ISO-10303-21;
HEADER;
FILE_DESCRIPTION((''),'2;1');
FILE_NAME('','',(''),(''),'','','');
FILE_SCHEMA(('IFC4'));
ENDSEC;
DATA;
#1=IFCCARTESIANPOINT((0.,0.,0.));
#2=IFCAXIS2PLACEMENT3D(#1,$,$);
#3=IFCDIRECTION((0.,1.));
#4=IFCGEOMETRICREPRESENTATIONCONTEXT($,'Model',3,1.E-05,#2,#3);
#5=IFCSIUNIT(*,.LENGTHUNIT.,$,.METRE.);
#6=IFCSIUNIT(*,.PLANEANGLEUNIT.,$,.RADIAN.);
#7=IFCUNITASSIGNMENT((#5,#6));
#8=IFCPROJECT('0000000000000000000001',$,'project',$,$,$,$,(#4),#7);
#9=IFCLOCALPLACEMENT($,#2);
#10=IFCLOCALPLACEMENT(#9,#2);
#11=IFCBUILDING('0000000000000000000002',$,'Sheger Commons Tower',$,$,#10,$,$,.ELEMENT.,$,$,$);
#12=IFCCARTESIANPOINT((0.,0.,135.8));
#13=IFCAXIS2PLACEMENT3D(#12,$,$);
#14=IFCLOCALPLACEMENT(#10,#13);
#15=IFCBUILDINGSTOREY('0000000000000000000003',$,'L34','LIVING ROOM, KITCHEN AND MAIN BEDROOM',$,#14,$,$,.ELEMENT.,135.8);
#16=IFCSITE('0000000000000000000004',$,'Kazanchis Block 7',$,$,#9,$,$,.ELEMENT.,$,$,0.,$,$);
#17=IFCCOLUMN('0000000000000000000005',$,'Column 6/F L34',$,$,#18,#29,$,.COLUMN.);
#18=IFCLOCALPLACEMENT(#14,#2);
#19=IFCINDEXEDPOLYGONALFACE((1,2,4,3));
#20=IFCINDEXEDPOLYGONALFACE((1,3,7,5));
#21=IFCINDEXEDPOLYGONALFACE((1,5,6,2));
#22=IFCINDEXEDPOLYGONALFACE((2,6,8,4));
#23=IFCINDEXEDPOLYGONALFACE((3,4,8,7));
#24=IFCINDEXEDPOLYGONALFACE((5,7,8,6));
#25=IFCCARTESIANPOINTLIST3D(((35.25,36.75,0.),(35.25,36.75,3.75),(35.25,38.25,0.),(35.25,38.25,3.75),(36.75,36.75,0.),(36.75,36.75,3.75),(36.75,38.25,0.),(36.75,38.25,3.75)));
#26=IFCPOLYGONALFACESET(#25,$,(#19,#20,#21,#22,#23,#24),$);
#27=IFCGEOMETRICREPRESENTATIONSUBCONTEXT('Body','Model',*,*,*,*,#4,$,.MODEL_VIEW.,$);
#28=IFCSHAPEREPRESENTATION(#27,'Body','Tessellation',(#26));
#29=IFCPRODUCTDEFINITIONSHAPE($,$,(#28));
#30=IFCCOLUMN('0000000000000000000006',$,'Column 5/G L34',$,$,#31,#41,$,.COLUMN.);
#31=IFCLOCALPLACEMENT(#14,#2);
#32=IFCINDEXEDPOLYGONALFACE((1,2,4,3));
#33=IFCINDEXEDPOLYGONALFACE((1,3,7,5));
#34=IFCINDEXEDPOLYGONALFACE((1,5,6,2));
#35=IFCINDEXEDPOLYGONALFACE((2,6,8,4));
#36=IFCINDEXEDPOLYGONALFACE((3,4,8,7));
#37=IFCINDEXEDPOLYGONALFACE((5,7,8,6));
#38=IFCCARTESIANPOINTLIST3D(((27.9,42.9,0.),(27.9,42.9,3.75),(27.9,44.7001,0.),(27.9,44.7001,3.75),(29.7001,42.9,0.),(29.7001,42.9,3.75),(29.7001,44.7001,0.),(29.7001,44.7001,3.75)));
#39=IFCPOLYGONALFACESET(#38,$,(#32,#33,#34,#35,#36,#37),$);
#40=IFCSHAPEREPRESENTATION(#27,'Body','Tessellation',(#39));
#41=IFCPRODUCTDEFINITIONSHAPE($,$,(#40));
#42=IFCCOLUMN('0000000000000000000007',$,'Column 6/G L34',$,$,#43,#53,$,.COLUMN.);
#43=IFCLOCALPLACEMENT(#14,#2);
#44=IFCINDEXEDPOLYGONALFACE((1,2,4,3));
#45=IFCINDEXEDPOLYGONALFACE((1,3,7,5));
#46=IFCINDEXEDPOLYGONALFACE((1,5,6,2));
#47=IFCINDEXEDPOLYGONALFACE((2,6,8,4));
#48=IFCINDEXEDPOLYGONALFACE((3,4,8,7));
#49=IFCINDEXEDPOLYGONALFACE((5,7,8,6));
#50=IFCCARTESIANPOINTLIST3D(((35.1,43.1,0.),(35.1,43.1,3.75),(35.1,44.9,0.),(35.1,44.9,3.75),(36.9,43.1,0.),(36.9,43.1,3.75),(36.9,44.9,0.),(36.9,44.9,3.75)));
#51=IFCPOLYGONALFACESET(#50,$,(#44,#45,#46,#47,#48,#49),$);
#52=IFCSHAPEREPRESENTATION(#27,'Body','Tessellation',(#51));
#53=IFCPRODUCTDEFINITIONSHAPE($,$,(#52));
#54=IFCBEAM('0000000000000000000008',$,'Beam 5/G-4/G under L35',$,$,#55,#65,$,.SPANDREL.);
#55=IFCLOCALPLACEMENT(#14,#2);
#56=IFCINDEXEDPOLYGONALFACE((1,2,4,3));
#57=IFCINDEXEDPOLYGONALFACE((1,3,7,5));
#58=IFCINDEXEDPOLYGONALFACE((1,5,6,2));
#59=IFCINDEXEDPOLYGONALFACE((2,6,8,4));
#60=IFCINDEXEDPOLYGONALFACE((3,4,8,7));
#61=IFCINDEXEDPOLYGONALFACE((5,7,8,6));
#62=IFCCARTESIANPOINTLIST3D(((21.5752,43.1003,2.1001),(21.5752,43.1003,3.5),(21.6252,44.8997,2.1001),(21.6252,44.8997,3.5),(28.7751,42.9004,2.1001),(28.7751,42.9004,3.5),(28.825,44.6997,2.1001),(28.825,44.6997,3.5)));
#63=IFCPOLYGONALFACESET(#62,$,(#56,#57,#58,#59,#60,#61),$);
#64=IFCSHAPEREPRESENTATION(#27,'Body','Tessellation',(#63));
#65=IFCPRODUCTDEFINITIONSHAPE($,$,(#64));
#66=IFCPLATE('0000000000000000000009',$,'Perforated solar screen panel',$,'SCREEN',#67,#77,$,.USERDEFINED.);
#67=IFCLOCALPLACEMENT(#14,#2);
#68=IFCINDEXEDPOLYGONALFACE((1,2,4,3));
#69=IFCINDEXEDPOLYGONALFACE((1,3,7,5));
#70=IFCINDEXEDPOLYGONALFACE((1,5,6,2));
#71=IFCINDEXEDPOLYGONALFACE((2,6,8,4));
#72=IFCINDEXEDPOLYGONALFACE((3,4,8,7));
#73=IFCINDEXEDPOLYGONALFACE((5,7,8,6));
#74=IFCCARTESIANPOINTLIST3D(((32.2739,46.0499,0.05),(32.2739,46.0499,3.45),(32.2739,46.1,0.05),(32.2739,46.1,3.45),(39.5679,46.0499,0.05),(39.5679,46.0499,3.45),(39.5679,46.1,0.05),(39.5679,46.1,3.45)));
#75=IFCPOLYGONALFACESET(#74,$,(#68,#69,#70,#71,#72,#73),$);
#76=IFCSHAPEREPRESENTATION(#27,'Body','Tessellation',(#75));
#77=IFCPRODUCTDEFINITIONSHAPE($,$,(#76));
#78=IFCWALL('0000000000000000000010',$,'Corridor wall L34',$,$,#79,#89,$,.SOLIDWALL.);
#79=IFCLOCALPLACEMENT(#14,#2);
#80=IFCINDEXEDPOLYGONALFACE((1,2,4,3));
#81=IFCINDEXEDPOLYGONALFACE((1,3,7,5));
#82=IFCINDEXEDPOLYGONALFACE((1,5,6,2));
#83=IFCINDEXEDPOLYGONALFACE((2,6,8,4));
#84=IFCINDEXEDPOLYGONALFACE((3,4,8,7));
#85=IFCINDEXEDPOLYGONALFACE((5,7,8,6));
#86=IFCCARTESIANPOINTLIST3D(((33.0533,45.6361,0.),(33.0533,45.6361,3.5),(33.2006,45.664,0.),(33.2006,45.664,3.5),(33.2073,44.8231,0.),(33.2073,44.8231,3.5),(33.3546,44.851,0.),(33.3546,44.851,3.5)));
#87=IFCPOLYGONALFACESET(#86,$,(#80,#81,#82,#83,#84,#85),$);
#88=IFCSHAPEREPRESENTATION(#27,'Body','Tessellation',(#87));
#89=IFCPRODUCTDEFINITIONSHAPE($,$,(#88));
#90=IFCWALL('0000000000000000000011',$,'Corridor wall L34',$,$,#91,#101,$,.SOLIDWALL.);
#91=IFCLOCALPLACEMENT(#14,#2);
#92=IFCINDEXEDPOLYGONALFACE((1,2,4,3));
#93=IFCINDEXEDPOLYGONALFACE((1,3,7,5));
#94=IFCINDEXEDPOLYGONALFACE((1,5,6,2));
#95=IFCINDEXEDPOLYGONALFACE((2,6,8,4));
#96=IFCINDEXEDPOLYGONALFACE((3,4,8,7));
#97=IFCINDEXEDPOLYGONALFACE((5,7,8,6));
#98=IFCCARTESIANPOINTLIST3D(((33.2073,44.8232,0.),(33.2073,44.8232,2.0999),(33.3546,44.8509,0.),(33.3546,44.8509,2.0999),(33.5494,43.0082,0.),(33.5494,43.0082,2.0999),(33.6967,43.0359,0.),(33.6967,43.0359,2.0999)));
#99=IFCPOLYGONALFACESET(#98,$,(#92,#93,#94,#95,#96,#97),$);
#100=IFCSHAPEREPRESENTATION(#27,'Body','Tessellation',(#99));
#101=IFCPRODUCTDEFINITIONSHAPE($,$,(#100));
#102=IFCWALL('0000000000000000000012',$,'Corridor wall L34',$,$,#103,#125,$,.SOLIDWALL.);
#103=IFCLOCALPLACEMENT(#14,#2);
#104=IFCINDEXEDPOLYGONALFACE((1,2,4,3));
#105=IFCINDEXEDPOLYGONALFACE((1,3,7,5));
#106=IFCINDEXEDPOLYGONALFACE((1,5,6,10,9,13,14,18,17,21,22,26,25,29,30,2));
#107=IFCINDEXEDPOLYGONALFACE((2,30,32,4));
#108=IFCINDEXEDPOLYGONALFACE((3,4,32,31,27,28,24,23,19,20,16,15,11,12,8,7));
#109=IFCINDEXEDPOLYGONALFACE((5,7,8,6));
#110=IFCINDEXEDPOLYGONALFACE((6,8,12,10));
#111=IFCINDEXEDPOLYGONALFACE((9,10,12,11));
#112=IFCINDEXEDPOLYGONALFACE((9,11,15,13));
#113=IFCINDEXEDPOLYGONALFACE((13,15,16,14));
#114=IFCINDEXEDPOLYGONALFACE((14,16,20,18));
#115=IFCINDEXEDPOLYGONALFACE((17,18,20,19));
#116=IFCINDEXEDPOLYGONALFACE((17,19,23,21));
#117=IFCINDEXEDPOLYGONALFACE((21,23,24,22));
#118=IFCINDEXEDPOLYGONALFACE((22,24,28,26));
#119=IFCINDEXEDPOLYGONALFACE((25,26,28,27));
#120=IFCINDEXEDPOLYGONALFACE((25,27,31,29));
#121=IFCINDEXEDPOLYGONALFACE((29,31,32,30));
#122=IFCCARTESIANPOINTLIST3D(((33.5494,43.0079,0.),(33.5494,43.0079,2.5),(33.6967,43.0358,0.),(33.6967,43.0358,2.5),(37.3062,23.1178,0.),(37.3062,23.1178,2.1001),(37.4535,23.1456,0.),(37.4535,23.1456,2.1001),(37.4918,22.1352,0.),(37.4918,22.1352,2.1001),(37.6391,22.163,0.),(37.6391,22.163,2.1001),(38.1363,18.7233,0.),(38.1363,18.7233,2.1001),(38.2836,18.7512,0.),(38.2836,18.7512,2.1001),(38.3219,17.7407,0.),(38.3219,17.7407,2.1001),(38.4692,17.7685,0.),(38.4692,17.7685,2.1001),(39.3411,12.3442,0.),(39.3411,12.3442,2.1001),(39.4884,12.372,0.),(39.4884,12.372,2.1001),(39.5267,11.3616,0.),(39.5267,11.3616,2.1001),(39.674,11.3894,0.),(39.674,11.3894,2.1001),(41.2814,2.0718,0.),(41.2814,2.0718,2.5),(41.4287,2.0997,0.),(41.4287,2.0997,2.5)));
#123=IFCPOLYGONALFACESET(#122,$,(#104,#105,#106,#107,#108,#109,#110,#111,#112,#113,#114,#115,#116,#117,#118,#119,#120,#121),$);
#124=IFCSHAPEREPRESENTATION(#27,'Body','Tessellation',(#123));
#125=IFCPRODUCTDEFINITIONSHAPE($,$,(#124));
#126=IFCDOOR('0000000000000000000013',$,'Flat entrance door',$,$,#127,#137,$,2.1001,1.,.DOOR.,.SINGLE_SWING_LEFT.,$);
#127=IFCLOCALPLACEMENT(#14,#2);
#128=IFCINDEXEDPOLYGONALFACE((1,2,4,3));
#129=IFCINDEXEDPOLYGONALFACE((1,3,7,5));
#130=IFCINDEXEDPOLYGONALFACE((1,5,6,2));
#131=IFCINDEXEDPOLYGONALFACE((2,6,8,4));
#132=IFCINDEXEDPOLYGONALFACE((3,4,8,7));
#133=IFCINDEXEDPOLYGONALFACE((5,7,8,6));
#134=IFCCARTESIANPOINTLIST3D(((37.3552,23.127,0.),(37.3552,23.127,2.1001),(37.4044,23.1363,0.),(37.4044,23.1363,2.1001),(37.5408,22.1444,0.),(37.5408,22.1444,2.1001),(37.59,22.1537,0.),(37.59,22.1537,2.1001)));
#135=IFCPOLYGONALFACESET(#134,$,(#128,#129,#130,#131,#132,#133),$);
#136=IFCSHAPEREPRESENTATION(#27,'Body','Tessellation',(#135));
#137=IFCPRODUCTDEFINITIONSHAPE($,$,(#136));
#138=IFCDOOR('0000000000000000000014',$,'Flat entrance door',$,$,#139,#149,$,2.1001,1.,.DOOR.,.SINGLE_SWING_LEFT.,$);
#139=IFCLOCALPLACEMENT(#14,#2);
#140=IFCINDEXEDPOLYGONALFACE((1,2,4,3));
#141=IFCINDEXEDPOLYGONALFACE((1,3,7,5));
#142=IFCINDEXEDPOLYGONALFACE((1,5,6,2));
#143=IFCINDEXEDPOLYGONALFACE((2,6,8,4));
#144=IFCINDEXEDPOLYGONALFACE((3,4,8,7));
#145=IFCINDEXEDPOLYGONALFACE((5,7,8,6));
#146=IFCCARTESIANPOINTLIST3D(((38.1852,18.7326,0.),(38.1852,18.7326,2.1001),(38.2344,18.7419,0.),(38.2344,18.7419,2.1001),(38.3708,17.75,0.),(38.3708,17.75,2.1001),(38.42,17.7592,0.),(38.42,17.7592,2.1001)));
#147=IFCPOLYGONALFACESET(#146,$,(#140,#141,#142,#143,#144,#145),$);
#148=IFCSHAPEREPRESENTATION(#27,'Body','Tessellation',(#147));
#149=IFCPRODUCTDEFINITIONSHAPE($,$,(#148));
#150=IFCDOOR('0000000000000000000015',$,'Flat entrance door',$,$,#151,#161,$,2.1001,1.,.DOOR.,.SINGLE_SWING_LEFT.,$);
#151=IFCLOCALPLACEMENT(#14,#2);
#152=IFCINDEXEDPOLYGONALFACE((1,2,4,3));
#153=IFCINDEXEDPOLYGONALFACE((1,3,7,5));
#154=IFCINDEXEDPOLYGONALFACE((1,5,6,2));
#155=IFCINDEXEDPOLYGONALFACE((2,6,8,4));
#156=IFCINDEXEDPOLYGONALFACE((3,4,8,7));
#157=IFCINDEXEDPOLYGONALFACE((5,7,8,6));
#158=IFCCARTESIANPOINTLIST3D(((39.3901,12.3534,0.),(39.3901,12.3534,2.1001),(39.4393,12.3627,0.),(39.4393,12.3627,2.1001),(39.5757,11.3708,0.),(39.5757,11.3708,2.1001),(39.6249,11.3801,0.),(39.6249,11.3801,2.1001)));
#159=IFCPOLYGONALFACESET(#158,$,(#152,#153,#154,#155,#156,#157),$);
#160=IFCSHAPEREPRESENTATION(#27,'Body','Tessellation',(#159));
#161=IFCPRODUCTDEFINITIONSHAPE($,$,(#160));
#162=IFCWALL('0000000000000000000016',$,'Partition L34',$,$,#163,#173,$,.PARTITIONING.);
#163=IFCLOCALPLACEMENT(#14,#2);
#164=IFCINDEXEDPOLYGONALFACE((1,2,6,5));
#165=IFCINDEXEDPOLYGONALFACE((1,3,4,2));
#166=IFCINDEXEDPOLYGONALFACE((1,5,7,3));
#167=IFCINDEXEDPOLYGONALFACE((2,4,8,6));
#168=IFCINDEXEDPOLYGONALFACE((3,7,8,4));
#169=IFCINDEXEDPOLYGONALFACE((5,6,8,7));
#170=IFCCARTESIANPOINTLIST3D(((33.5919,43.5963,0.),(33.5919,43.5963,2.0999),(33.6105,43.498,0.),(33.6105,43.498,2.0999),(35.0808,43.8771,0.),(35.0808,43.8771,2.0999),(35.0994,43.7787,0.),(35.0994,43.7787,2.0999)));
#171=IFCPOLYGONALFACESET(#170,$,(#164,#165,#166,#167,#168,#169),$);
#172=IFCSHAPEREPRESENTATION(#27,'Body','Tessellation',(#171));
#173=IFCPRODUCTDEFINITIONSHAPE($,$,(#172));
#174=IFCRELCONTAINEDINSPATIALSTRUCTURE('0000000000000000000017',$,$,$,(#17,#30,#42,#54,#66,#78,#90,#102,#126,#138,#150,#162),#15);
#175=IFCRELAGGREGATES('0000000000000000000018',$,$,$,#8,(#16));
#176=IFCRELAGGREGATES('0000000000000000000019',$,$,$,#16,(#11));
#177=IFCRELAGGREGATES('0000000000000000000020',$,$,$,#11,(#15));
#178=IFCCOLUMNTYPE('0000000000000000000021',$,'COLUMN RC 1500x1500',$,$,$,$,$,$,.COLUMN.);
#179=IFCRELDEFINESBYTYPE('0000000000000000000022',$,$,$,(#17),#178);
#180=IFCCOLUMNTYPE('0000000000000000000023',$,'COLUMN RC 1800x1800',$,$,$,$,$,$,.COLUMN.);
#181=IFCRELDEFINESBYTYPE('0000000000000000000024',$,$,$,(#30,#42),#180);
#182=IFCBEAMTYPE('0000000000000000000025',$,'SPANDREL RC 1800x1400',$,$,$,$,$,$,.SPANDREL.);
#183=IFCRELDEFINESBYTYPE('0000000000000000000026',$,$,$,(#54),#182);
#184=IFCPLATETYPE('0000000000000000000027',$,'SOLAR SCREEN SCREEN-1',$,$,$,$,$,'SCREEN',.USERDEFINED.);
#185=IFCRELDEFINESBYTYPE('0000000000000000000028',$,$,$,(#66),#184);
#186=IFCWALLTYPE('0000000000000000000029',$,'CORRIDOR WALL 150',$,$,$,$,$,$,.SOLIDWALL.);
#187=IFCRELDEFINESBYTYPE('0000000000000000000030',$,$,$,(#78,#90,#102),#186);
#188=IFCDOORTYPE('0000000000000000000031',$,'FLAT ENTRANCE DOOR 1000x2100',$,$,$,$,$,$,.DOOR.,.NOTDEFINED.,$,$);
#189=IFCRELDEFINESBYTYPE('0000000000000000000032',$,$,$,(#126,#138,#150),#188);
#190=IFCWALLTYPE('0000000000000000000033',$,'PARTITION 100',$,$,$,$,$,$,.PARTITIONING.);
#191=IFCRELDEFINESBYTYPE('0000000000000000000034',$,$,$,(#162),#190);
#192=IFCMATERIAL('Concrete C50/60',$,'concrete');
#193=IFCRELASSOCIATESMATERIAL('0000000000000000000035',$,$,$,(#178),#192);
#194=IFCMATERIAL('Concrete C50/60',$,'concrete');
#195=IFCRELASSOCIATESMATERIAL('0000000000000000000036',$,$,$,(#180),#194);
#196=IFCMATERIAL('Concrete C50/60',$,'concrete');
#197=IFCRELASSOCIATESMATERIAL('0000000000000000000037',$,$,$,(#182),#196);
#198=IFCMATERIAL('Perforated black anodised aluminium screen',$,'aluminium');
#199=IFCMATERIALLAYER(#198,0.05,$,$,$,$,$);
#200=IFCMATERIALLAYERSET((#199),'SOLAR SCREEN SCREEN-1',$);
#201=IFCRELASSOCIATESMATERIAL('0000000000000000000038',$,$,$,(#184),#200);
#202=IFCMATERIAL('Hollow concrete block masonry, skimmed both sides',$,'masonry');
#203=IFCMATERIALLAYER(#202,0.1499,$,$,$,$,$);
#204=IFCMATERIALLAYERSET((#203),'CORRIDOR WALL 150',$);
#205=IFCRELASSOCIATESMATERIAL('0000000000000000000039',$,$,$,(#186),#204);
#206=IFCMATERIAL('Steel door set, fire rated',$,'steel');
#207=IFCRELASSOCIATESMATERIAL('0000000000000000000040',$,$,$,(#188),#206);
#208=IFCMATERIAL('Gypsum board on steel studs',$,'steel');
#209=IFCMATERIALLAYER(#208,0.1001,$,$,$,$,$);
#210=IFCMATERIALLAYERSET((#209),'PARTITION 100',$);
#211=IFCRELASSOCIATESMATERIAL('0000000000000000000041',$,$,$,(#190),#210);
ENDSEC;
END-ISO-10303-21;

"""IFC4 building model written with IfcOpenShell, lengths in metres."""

from ifc_helpers import new_model, si_unit, direction, frame, frame_2d, origin, origin_2d, place, context, subcontext, project, spatial, rectangle, extrude, material, layer, layer_set, material_profile, profile_set, type_object, element, fill, save


model = new_model("IFC4")

# Units and contexts
model_context = context("Model", 3, precision=1e-05, world=origin(), true_north=direction((0.0, 1.0)))
body_context = subcontext(model_context, "Body", "Model", "MODEL_VIEW")
ifc_project = project(units=[si_unit("LENGTHUNIT", "METRE"), si_unit("PLANEANGLEUNIT", "RADIAN")], contexts=[model_context])

# Site, building, storey
site_placement = place(None, origin())
site = spatial("IfcSite", under=ifc_project, at=site_placement, Name="Kazanchis Block 7", CompositionType="ELEMENT", RefElevation=0.0)
building_placement = place(site_placement, origin())
building = spatial("IfcBuilding", under=site, at=building_placement, Name="Sheger Commons Tower", CompositionType="ELEMENT")
storey_placement = place(building_placement, frame((0.0, 0.0, 135.8)))
storey = spatial("IfcBuildingStorey", under=building, at=storey_placement, Name="L34", Description="LIVING ROOM, KITCHEN AND MAIN BEDROOM", CompositionType="ELEMENT", Elevation=135.8)

# Columns
ifc_material_1 = material(Name="Concrete C50/60", Category="concrete")
ifc_material_profile_1 = material_profile(ifc_material_1, rectangle(XDim=1.5, YDim=1.5, at=origin_2d()), Name="RC 1500x1500")
ifc_profile_set_1 = profile_set([ifc_material_profile_1], Name="Concrete C50/60")
column_type_1 = type_object("IfcColumnType", Name="COLUMN RC 1500x1500", PredefinedType="COLUMN", material=ifc_profile_set_1)
column_placement = place(storey_placement, frame((36.0, 37.5, 0.0), z_axis=(0.0, 0.0, 1.0), x_axis=(1.0, 0.0, 0.0)))
element("IfcColumn", 1, at=column_placement, inside=storey, type_object=column_type_1, Name="Column 6/F L34", PredefinedType="COLUMN", context=body_context, shape_type="SweptSolid", body=[
    extrude(rectangle(XDim=1.5, YDim=1.5, at=origin_2d()), origin(), (0.0, 0.0, 1.0), 3.75),
])
ifc_material_2 = material(Name="Concrete C50/60", Category="concrete")
ifc_material_profile_2 = material_profile(ifc_material_2, rectangle(XDim=1.8, YDim=1.8, at=origin_2d()), Name="RC 1800x1800")
ifc_profile_set_2 = profile_set([ifc_material_profile_2], Name="Concrete C50/60")
column_type_2 = type_object("IfcColumnType", Name="COLUMN RC 1800x1800", PredefinedType="COLUMN", material=ifc_profile_set_2)
for number, where, z_axis, x_axis, name in (
    (2, (28.8, 43.8, 0.0), (0.0, 0.0, 1.0), (1.0, 0.0, 0.0), "Column 5/G L34"),
    (3, (36.0, 44.0, 0.0), (0.0, 0.0, 1.0), (1.0, 0.0, 0.0), "Column 6/G L34"),
):
    element("IfcColumn", number, at=place(storey_placement, frame(where, z_axis=z_axis, x_axis=x_axis)), inside=storey, type_object=column_type_2, Name=name, PredefinedType="COLUMN", context=body_context, shape_type="SweptSolid", body=[
        extrude(rectangle(XDim=1.8, YDim=1.8, at=origin_2d()), origin(), (0.0, 0.0, 1.0), 3.75),
    ])

# Beam
ifc_material_3 = material(Name="Concrete C50/60", Category="concrete")
ifc_material_profile_3 = material_profile(ifc_material_3, rectangle(XDim=1.8, YDim=1.3999, at=origin_2d()), Name="RC 1800x1400")
ifc_profile_set_3 = profile_set([ifc_material_profile_3], Name="Concrete C50/60")
beam_type = type_object("IfcBeamType", Name="SPANDREL RC 1800x1400", PredefinedType="SPANDREL", material=ifc_profile_set_3)
beam_placement = place(storey_placement, frame((28.8, 43.8, 2.8), z_axis=(-0.999615, 0.02776, 0.0), x_axis=(-0.02776, -0.999615, 0.0)))
element("IfcBeam", 4, at=beam_placement, inside=storey, type_object=beam_type, Name="Beam 5/G-4/G under L35", PredefinedType="SPANDREL", context=body_context, shape_type="SweptSolid", body=[
    extrude(rectangle(XDim=1.8, YDim=1.3999, at=origin_2d()), origin(), (0.0, 0.0, 1.0), 7.2026),
])

# Plate
ifc_material_4 = material(Name="Perforated black anodised aluminium screen", Category="aluminium")
ifc_layer_1 = layer(ifc_material_4, 0.05)
ifc_layer_set_1 = layer_set([ifc_layer_1], Name="SOLAR SCREEN SCREEN-1")
plate_type = type_object("IfcPlateType", Name="SOLAR SCREEN SCREEN-1", ElementType="SCREEN", PredefinedType="USERDEFINED", material=ifc_layer_set_1)
plate_placement = place(storey_placement, frame((35.9209, 46.075, 0.05), z_axis=(0.0, 0.0, 1.0), x_axis=(-1.0, 0.0, 0.0)))
element("IfcPlate", 5, at=plate_placement, inside=storey, type_object=plate_type, Name="Perforated solar screen panel", ObjectType="SCREEN", PredefinedType="USERDEFINED", context=body_context, shape_type="SweptSolid", body=[
    extrude(rectangle(XDim=7.2939, YDim=0.05, at=origin_2d()), origin(), (0.0, 0.0, 1.0), 3.3999),
])

# Walls
ifc_material_5 = material(Name="Hollow concrete block masonry, skimmed both sides", Category="masonry")
ifc_layer_2 = layer(ifc_material_5, 0.1499)
ifc_layer_set_2 = layer_set([ifc_layer_2], Name="CORRIDOR WALL 150")
wall_type_1 = type_object("IfcWallType", Name="CORRIDOR WALL 150", PredefinedType="SOLIDWALL", material=ifc_layer_set_2)
wall_1_placement = place(storey_placement, frame((33.127, 45.6499, 0.0), z_axis=(0.0, 0.0, 1.0), x_axis=(0.186177, -0.982516, 0.0)))
element("IfcWall", 6, at=wall_1_placement, inside=storey, type_object=wall_type_1, Name="Corridor wall L34", PredefinedType="SOLIDWALL", context=body_context, shape_type="SweptSolid", body=[
    extrude(rectangle(XDim=0.8274, YDim=0.1499, at=frame_2d((0.4136, 0.0))), origin(), (0.0, 0.0, 1.0), 3.5),
])
wall_2_placement = place(storey_placement, frame((33.281, 44.8369, 0.0), z_axis=(0.0, 0.0, 1.0), x_axis=(0.185198, -0.982701, 0.0)))
element("IfcWall", 7, at=wall_2_placement, inside=storey, type_object=wall_type_1, Name="Corridor wall L34", PredefinedType="SOLIDWALL", context=body_context, shape_type="SweptSolid", body=[
    extrude(rectangle(XDim=1.8469, YDim=0.1499, at=frame_2d((0.9233, 0.0))), origin(), (0.0, 0.0, 1.0), 2.0999),
])

# Wall, openings, doors
wall_3_placement = place(storey_placement, frame((33.623, 43.022, 0.0), z_axis=(0.0, 0.0, 1.0), x_axis=(0.185597, -0.982626, 0.0)))
wall_3 = element("IfcWall", 8, at=wall_3_placement, inside=storey, type_object=wall_type_1, Name="Corridor wall L34", PredefinedType="SOLIDWALL", context=body_context, shape_type="SweptSolid", body=[
    extrude(rectangle(XDim=41.6599, YDim=0.1499, at=frame_2d((20.8301, 0.0))), origin(), (0.0, 0.0, 1.0), 2.5),
])
opening_1_placement = place(wall_3_placement, frame((20.2419, 0.0, 0.0)))
opening_1 = element("IfcOpeningElement", 9, at=opening_1_placement, cuts=wall_3, PredefinedType="OPENING", context=body_context, shape_type="SweptSolid", body=[
    extrude(rectangle(XDim=1.0, YDim=2.1001, at=frame_2d((0.5, 1.05))), frame((0.0, 0.085, 0.0), z_axis=(0.0, -1.0, 0.0), x_axis=(1.0, 0.0, 0.0)), (0.0, 0.0, 1.0), 0.1699),
])
opening_2_placement = place(wall_3_placement, frame((24.7141, 0.0, 0.0)))
opening_2 = element("IfcOpeningElement", 10, at=opening_2_placement, cuts=wall_3, PredefinedType="OPENING", context=body_context, shape_type="SweptSolid", body=[
    extrude(rectangle(XDim=1.0, YDim=2.1001, at=frame_2d((0.5, 1.05))), frame((0.0, 0.085, 0.0), z_axis=(0.0, -1.0, 0.0), x_axis=(1.0, 0.0, 0.0)), (0.0, 0.0, 1.0), 0.1699),
])
opening_3_placement = place(wall_3_placement, frame((31.2061, 0.0, 0.0)))
opening_3 = element("IfcOpeningElement", 11, at=opening_3_placement, cuts=wall_3, PredefinedType="OPENING", context=body_context, shape_type="SweptSolid", body=[
    extrude(rectangle(XDim=1.0, YDim=2.1001, at=frame_2d((0.5, 1.05))), frame((0.0, 0.085, 0.0), z_axis=(0.0, -1.0, 0.0), x_axis=(1.0, 0.0, 0.0)), (0.0, 0.0, 1.0), 0.1699),
])
ifc_material_6 = material(Name="Steel door set, fire rated", Category="steel")
door_type = type_object("IfcDoorType", Name="FLAT ENTRANCE DOOR 1000x2100", OperationType="NOTDEFINED", PredefinedType="DOOR", material=ifc_material_6)
door_1_placement = place(opening_1_placement, origin())
door_1 = element("IfcDoor", 12, at=door_1_placement, inside=storey, type_object=door_type, Name="Flat entrance door", OperationType="SINGLE_SWING_LEFT", OverallHeight=2.1001, OverallWidth=1.0, PredefinedType="DOOR", context=body_context, shape_type="SweptSolid", body=[
    extrude(rectangle(XDim=1.0, YDim=2.1001, at=frame_2d((0.5, 1.05))), frame((0.0, 0.0249, 0.0), z_axis=(0.0, -1.0, 0.0), x_axis=(1.0, 0.0, 0.0)), (0.0, 0.0, 1.0), 0.05),
])
fill(opening_1, door_1)
door_2_placement = place(opening_2_placement, origin())
door_2 = element("IfcDoor", 13, at=door_2_placement, inside=storey, type_object=door_type, Name="Flat entrance door", OperationType="SINGLE_SWING_LEFT", OverallHeight=2.1001, OverallWidth=1.0, PredefinedType="DOOR", context=body_context, shape_type="SweptSolid", body=[
    extrude(rectangle(XDim=1.0, YDim=2.1001, at=frame_2d((0.5, 1.05))), frame((0.0, 0.0249, 0.0), z_axis=(0.0, -1.0, 0.0), x_axis=(1.0, 0.0, 0.0)), (0.0, 0.0, 1.0), 0.05),
])
fill(opening_2, door_2)
door_3_placement = place(opening_3_placement, origin())
door_3 = element("IfcDoor", 14, at=door_3_placement, inside=storey, type_object=door_type, Name="Flat entrance door", OperationType="SINGLE_SWING_LEFT", OverallHeight=2.1001, OverallWidth=1.0, PredefinedType="DOOR", context=body_context, shape_type="SweptSolid", body=[
    extrude(rectangle(XDim=1.0, YDim=2.1001, at=frame_2d((0.5, 1.05))), frame((0.0, 0.0249, 0.0), z_axis=(0.0, -1.0, 0.0), x_axis=(1.0, 0.0, 0.0)), (0.0, 0.0, 1.0), 0.05),
])
fill(opening_3, door_3)

# Wall
ifc_material_7 = material(Name="Gypsum board on steel studs", Category="steel")
ifc_layer_3 = layer(ifc_material_7, 0.1001)
ifc_layer_set_3 = layer_set([ifc_layer_3], Name="PARTITION 100")
wall_type_2 = type_object("IfcWallType", Name="PARTITION 100", PredefinedType="PARTITIONING", material=ifc_layer_set_3)
wall_4_placement = place(storey_placement, frame((35.0901, 43.8279, 0.0), z_axis=(0.0, 0.0, 1.0), x_axis=(-0.982684, -0.18529, 0.0)))
element("IfcWall", 15, at=wall_4_placement, inside=storey, type_object=wall_type_2, Name="Partition L34", PredefinedType="PARTITIONING", context=body_context, shape_type="SweptSolid", body=[
    extrude(rectangle(XDim=1.5151, YDim=0.1001, at=frame_2d((0.7576, 0.0))), origin(), (0.0, 0.0, 1.0), 2.0999),
])

save(model, "model.ifc")
